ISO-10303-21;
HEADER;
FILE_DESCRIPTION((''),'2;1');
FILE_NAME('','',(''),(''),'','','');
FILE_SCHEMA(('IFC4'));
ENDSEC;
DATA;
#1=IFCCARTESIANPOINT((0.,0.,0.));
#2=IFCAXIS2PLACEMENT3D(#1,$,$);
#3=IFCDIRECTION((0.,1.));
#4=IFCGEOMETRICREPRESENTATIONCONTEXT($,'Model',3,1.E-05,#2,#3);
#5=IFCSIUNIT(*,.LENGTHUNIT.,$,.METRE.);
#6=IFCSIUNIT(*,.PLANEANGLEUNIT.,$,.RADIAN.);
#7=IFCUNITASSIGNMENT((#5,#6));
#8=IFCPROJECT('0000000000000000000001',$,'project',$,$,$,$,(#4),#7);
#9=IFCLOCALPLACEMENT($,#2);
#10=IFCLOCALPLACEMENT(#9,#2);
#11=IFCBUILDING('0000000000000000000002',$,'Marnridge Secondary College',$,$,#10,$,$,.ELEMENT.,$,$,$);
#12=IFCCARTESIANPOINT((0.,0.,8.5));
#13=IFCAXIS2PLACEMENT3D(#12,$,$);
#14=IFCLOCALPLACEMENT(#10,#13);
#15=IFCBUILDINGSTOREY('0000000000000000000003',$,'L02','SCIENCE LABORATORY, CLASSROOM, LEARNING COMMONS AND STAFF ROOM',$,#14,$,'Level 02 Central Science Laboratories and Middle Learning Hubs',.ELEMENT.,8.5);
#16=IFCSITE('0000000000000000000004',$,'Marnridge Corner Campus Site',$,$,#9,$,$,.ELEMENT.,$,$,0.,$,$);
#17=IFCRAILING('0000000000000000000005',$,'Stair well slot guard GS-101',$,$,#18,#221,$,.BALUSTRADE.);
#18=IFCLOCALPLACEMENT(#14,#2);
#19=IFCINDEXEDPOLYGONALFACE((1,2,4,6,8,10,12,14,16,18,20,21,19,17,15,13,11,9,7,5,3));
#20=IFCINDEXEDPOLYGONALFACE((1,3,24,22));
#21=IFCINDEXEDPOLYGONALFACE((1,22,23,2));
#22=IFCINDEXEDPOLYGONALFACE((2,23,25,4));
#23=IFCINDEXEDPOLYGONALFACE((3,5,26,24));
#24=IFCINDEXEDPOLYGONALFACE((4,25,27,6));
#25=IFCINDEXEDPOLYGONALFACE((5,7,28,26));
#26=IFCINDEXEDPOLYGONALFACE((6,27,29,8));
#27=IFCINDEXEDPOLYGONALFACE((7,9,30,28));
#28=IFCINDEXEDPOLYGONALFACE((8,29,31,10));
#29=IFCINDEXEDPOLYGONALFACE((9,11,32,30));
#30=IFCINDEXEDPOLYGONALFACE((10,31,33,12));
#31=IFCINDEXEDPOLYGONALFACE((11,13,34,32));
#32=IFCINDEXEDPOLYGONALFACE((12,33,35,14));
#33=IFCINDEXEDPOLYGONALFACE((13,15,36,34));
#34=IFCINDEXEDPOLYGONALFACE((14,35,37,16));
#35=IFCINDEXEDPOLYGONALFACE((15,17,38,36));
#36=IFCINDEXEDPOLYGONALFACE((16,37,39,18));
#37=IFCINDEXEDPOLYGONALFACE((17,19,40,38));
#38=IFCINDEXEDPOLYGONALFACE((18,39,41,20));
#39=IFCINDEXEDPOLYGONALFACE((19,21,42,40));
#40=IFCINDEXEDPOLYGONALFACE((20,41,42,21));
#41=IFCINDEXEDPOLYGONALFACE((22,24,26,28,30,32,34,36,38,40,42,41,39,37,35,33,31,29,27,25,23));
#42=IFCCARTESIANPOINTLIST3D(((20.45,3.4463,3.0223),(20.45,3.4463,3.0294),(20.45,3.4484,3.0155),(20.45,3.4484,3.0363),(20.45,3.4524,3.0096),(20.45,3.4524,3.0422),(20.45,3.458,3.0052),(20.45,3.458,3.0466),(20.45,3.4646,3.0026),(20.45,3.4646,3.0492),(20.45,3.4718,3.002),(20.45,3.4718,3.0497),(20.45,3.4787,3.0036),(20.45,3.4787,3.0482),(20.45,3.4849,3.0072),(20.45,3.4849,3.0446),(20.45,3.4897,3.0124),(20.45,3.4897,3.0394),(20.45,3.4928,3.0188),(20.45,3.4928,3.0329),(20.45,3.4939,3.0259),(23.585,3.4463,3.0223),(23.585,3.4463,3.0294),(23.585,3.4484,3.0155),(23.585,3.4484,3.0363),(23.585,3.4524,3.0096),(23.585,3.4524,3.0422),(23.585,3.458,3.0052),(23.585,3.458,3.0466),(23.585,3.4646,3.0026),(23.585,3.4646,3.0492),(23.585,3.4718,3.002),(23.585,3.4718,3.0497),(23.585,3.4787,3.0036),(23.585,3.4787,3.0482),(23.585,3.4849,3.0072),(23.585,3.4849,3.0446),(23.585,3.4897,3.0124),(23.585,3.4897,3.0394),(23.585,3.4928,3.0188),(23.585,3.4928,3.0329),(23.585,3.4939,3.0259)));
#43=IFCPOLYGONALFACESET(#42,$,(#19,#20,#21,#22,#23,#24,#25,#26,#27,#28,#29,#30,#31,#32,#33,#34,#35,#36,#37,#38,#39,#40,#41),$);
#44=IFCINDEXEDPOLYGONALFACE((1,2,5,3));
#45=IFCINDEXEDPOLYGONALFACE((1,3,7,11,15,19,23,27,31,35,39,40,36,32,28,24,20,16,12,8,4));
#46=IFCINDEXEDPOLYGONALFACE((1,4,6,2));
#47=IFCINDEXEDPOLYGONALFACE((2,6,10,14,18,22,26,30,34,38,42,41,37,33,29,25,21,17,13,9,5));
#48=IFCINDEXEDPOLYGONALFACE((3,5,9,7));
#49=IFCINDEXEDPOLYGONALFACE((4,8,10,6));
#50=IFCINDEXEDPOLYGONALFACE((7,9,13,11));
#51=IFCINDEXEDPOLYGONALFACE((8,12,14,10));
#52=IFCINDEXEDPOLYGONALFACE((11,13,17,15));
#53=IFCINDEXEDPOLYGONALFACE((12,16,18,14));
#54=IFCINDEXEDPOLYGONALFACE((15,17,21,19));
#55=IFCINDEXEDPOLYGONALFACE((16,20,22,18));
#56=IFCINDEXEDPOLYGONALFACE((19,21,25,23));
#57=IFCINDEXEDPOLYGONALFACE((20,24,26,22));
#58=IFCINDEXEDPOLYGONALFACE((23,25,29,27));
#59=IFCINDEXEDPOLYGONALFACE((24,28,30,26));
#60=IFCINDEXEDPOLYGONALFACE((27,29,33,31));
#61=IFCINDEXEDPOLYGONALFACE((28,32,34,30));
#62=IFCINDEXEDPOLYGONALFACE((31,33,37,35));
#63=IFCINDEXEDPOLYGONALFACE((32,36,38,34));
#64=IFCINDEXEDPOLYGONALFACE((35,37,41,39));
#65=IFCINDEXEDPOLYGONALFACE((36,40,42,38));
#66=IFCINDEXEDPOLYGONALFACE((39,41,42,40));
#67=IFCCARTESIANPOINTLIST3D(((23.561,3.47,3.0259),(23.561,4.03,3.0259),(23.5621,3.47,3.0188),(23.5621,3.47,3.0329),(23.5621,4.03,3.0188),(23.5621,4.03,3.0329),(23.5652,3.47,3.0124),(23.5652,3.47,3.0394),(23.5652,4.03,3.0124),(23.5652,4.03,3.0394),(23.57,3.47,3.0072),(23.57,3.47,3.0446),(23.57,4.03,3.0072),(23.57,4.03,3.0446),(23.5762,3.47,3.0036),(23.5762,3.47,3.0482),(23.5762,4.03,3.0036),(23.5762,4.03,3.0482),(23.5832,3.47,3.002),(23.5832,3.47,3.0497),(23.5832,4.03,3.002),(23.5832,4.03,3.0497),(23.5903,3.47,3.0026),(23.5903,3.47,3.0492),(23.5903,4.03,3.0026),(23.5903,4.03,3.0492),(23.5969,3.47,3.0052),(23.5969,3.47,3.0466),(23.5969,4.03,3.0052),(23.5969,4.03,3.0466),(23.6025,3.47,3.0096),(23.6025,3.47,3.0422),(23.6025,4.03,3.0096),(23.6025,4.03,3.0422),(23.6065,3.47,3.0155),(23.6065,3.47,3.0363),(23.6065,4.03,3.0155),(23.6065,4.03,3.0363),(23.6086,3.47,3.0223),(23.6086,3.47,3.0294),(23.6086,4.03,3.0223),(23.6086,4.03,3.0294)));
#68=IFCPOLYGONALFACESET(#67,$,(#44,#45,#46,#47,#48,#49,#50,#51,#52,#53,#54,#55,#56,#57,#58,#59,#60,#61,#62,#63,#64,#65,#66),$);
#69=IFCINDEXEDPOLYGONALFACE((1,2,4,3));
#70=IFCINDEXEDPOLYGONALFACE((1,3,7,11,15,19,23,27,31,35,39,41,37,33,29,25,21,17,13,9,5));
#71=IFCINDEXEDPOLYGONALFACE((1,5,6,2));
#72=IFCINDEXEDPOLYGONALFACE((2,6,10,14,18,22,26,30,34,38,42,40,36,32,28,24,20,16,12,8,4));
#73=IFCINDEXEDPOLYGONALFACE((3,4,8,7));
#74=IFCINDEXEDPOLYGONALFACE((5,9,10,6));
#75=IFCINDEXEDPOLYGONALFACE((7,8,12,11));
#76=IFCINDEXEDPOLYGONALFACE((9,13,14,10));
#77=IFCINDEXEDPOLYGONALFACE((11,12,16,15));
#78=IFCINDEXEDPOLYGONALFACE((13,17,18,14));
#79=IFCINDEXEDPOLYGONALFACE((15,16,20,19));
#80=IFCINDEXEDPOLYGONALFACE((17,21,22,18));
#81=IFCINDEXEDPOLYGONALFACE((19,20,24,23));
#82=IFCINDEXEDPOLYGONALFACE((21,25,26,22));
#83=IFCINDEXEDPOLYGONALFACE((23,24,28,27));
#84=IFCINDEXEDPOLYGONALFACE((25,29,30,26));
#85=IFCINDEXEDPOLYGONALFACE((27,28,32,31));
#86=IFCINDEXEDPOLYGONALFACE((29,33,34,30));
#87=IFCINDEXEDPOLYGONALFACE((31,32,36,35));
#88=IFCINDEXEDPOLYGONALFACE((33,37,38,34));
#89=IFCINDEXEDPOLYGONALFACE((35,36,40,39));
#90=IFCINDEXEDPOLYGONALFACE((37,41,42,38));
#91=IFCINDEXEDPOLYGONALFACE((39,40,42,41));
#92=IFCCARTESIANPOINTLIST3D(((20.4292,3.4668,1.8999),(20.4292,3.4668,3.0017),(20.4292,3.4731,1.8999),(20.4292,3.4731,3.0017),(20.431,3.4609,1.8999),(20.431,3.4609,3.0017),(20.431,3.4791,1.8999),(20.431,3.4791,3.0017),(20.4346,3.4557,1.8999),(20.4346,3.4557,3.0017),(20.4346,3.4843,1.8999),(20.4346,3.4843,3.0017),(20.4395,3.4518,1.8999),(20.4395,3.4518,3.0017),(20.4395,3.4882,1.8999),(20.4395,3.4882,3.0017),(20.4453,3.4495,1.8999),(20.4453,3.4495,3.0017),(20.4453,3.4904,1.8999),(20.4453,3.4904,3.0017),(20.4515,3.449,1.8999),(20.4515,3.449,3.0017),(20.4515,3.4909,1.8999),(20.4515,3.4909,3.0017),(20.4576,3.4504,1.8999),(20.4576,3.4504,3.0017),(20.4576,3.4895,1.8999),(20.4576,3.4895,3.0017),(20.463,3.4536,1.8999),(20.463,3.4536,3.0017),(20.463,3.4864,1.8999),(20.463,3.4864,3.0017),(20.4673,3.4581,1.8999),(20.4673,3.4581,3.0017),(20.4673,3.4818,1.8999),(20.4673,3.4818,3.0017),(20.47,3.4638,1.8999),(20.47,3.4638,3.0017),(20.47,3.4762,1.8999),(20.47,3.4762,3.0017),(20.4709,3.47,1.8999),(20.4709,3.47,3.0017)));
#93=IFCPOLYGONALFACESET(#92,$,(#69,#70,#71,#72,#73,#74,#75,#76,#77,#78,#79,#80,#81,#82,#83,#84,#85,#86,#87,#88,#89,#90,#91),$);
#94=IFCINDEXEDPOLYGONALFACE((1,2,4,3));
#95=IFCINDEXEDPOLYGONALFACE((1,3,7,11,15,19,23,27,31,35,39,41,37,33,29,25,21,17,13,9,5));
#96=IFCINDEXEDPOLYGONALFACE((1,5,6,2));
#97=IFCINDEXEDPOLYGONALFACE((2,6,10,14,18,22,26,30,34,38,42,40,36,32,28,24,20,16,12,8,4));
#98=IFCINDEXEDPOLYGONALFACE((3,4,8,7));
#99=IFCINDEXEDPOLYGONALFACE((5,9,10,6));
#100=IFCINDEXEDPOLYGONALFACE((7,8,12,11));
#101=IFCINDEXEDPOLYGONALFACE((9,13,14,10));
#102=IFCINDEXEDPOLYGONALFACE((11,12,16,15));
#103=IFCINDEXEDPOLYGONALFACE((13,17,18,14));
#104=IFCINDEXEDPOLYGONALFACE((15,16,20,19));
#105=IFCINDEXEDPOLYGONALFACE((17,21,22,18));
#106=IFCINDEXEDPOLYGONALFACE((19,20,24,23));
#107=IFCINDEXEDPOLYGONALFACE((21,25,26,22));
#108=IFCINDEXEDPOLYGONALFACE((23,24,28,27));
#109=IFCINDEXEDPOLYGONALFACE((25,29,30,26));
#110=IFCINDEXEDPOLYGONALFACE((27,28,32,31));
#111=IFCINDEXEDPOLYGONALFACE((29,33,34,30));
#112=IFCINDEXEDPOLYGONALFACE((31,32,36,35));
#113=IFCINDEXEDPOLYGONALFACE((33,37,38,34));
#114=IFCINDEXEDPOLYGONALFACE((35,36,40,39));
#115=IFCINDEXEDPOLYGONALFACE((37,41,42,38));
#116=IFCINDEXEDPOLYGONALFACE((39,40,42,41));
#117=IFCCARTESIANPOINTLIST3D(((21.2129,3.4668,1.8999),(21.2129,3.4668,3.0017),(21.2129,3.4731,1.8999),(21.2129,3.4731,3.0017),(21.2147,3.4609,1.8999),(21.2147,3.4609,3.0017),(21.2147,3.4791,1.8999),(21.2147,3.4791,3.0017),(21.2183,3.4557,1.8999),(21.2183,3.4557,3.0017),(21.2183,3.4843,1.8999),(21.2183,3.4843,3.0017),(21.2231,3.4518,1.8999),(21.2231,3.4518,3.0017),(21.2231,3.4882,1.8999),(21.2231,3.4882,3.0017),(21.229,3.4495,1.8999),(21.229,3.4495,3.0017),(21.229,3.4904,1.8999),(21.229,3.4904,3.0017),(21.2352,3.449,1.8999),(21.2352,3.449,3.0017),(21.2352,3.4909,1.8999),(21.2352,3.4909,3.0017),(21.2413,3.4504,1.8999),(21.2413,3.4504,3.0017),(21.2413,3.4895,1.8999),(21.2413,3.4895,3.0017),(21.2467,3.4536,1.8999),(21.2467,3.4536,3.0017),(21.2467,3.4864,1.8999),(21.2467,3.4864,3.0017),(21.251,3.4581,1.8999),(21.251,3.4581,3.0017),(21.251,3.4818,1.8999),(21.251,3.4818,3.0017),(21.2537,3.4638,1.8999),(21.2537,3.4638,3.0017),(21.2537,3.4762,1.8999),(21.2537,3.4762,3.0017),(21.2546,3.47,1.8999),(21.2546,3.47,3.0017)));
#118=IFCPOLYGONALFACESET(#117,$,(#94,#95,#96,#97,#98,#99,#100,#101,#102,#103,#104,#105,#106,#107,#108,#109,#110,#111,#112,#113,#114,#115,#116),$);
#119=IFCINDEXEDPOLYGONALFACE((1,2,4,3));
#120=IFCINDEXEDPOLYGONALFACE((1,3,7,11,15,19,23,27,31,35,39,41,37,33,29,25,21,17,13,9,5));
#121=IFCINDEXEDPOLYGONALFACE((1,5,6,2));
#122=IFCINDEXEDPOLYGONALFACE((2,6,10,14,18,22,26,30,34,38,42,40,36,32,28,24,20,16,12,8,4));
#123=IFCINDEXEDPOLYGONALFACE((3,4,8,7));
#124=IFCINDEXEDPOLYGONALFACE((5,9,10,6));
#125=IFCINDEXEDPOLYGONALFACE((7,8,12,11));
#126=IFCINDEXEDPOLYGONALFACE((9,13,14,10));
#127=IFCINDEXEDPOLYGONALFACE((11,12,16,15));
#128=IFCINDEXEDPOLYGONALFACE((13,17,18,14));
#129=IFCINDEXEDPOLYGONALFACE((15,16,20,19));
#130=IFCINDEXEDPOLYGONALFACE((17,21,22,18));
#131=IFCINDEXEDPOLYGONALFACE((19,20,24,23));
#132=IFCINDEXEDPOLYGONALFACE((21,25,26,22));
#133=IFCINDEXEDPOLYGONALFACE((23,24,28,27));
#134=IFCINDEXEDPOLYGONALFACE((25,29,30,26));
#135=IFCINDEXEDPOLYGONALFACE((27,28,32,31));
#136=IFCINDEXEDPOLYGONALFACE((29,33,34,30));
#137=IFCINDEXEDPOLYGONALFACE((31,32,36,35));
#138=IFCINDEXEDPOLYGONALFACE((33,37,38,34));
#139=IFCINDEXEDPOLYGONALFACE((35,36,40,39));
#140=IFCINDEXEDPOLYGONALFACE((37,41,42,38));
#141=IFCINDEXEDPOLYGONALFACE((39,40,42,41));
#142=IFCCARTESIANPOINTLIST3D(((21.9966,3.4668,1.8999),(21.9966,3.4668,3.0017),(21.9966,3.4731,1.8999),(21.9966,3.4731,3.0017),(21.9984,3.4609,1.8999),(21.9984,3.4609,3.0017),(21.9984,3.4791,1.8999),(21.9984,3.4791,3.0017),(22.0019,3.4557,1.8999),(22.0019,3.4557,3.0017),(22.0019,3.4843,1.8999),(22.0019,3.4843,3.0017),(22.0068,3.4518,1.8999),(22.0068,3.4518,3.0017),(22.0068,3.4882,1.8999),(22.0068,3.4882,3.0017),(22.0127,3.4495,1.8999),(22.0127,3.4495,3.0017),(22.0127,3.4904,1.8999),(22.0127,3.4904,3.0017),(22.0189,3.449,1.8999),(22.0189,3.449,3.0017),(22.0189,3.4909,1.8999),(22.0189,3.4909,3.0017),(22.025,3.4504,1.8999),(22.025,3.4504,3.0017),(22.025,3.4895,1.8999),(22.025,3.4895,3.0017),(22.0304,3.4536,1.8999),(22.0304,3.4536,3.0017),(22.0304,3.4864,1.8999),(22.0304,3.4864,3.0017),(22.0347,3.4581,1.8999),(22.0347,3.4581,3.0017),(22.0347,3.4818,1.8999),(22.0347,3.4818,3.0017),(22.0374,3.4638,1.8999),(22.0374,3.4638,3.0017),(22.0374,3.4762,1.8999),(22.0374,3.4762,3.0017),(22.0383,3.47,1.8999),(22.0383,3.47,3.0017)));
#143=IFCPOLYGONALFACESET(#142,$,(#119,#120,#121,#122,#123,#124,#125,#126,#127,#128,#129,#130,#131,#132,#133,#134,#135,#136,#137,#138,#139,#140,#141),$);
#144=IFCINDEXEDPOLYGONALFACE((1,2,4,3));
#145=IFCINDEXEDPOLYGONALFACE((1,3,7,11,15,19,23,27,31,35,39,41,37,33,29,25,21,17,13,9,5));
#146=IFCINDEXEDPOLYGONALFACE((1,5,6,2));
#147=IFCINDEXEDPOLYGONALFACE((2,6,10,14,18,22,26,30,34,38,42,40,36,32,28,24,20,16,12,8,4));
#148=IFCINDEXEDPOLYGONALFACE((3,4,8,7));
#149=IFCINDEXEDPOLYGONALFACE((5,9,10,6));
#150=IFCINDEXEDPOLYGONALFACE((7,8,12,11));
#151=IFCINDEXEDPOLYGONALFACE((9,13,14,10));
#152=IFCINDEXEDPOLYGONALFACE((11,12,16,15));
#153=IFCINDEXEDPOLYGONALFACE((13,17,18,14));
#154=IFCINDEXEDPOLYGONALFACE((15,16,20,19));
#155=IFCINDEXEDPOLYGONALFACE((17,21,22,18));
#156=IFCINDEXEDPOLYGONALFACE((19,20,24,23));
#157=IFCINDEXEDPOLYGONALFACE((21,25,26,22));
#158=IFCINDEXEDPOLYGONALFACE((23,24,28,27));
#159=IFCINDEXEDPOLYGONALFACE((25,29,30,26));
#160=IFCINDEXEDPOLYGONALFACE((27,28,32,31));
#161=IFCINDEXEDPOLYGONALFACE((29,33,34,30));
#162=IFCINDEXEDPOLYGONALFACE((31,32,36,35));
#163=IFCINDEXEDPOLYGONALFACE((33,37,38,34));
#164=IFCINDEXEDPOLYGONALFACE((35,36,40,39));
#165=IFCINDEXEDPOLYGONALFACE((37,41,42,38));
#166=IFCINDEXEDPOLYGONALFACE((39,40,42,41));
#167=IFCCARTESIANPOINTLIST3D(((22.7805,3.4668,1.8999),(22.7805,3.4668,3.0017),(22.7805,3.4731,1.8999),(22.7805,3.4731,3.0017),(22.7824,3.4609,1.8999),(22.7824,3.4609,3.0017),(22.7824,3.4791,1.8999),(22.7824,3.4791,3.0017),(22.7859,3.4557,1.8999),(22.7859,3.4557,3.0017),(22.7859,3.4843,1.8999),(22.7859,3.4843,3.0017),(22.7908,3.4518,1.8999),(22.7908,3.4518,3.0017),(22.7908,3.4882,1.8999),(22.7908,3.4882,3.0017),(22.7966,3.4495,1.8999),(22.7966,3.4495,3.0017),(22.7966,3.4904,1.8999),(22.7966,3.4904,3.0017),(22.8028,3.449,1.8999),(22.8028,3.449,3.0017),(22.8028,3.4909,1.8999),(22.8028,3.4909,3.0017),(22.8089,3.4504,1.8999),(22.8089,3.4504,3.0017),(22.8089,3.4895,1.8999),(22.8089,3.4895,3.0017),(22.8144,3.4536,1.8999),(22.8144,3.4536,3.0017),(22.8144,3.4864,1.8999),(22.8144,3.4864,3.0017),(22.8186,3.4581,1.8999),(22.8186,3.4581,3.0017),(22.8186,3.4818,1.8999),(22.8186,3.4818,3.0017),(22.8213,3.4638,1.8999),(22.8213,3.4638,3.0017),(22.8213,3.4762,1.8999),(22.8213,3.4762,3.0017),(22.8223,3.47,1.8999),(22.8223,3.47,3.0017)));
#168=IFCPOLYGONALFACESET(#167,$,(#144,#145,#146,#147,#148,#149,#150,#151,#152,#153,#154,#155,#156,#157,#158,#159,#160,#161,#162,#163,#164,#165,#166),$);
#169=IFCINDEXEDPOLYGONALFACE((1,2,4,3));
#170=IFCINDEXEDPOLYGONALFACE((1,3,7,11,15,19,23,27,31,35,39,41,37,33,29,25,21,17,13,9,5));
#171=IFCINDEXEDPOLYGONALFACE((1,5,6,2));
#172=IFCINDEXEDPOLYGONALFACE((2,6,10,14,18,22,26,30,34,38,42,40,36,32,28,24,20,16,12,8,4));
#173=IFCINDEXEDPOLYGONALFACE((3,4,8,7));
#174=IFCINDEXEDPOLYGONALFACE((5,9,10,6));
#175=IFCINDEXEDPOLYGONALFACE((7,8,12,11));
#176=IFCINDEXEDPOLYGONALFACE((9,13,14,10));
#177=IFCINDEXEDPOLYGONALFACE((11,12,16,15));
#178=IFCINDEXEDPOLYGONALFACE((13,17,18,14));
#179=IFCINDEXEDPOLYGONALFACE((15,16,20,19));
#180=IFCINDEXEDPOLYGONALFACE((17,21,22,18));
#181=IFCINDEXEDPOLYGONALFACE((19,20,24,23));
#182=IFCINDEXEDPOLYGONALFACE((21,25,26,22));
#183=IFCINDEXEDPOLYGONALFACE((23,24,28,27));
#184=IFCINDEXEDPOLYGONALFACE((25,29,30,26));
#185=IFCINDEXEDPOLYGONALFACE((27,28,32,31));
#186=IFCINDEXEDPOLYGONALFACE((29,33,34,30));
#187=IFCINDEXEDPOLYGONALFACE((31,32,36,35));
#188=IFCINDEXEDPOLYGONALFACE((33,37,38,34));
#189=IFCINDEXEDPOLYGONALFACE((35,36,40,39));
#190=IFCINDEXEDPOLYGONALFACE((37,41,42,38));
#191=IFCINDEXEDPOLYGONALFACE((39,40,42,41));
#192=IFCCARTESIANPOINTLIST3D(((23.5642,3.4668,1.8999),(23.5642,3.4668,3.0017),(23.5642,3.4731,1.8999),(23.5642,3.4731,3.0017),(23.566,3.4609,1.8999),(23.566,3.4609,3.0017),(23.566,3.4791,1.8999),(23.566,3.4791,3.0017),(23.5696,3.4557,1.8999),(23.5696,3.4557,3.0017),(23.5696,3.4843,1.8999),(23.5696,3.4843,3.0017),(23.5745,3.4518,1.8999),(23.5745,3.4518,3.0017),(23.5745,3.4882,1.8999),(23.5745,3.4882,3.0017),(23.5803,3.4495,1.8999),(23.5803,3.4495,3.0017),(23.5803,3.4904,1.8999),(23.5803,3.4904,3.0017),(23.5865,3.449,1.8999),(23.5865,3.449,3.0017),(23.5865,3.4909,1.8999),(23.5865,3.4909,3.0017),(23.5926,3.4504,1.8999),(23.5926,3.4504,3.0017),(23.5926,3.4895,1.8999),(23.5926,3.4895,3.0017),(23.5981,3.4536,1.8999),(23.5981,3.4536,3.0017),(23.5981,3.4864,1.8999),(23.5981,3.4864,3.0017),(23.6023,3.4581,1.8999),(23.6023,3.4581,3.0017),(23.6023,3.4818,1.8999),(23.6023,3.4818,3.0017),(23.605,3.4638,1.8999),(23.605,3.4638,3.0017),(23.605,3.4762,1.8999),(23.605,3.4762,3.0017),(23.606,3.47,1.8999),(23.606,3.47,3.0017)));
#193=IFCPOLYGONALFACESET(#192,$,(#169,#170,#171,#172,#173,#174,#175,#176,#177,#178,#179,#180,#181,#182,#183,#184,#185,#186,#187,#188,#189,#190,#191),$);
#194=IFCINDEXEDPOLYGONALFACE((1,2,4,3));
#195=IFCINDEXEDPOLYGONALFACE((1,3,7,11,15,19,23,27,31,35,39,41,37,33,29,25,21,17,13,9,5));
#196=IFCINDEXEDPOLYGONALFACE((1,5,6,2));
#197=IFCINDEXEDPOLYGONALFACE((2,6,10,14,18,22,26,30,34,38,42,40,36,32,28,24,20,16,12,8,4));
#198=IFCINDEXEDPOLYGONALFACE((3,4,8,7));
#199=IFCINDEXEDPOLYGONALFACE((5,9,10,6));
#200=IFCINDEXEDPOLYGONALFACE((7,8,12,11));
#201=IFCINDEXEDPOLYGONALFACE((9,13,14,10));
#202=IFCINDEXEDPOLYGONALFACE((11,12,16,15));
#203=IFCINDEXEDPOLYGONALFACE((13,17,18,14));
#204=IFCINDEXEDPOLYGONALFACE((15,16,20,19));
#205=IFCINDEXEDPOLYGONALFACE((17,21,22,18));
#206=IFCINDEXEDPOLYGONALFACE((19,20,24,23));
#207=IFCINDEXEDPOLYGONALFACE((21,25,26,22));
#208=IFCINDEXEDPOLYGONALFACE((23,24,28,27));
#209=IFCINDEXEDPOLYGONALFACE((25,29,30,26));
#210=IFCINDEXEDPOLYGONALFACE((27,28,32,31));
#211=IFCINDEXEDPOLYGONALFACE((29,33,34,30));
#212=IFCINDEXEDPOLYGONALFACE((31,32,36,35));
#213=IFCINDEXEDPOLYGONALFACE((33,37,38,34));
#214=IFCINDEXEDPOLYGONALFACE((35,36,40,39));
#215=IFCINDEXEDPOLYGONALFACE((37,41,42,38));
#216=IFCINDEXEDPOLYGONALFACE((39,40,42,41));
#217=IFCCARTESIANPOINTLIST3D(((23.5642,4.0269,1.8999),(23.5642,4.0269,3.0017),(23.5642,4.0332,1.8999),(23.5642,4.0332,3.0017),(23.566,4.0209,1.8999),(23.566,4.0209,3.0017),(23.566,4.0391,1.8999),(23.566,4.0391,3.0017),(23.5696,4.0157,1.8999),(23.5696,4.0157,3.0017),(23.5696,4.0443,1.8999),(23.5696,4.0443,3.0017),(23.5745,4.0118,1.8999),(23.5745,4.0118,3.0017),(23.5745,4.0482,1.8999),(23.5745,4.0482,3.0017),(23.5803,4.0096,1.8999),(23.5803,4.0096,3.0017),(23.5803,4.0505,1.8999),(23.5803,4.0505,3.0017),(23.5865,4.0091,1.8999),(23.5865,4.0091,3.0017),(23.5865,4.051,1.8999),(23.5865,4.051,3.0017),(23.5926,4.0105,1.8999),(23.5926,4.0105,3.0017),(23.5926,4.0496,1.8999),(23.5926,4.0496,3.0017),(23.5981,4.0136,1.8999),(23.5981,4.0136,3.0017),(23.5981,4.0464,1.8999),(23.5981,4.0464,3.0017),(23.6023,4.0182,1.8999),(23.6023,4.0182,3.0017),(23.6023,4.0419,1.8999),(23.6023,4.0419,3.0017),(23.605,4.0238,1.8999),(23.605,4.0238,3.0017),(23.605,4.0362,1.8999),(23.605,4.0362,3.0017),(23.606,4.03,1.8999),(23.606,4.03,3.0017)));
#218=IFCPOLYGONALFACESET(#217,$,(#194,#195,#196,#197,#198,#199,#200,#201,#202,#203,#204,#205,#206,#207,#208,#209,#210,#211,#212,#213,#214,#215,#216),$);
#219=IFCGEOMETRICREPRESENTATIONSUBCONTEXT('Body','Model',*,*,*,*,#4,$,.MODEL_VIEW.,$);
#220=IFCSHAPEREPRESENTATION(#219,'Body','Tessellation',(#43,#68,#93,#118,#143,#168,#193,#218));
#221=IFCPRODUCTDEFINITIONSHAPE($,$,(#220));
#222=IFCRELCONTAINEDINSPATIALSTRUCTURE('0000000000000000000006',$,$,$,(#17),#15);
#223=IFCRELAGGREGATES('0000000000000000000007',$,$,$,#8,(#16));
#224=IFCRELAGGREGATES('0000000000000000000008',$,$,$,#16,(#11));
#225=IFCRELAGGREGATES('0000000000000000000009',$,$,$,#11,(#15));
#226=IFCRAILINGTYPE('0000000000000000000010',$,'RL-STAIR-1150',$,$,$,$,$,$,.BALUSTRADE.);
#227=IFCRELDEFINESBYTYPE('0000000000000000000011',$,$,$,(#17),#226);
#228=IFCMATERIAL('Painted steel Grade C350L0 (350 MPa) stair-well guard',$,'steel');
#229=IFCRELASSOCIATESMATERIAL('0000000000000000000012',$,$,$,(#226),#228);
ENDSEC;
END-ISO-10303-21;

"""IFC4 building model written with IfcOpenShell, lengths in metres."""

from ifc_helpers import new_model, si_unit, direction, frame, origin, origin_2d, place, context, subcontext, project, spatial, circle, extrude, material, type_object, element, save


model = new_model("IFC4")

# Units and contexts
model_context = context("Model", 3, precision=1e-05, world=origin(), true_north=direction((0.0, 1.0)))
body_context = subcontext(model_context, "Body", "Model", "MODEL_VIEW")
ifc_project = project(units=[si_unit("LENGTHUNIT", "METRE"), si_unit("PLANEANGLEUNIT", "RADIAN")], contexts=[model_context])

# Site, building, storey
site_placement = place(None, origin())
site = spatial("IfcSite", under=ifc_project, at=site_placement, Name="Marnridge Corner Campus Site", CompositionType="ELEMENT", RefElevation=0.0)
building_placement = place(site_placement, origin())
building = spatial("IfcBuilding", under=site, at=building_placement, Name="Marnridge Secondary College", CompositionType="ELEMENT")
storey_placement = place(building_placement, frame((0.0, 0.0, 8.5)))
storey = spatial("IfcBuildingStorey", under=building, at=storey_placement, Name="L02", Description="SCIENCE LABORATORY, CLASSROOM, LEARNING COMMONS AND STAFF ROOM", LongName="Level 02 Central Science Laboratories and Middle Learning Hubs", CompositionType="ELEMENT", Elevation=8.5)

# Railing
ifc_material_1 = material(Name="Painted steel Grade C350L0 (350 MPa) stair-well guard", Category="steel")
railing_type_1 = type_object("IfcRailingType", Name="RL-STAIR-1150", PredefinedType="BALUSTRADE", material=ifc_material_1)
railing_1_placement = place(storey_placement, frame((20.45, 3.47, 1.8999)))
element("IfcRailing", 1, at=railing_1_placement, inside=storey, type_object=railing_type_1, Name="Stair well slot guard GS-101", PredefinedType="BALUSTRADE", context=body_context, shape_type="SweptSolid", body=[
    extrude(circle(Radius=0.0239, at=origin_2d()), frame((0.0, 0.0, 1.126), z_axis=(1.0, 0.0, 0.0), x_axis=(0.0, 1.0, 0.0)), (0.0, 0.0, 1.0), 3.135),
    extrude(circle(Radius=0.0239, at=origin_2d()), frame((3.135, 0.0, 1.126), z_axis=(0.0, 1.0, 0.0), x_axis=(-1.0, 0.0, 0.0)), (0.0, 0.0, 1.0), 0.5601),
    extrude(circle(Radius=0.021, at=origin_2d()), origin(), (0.0, 0.0, 1.0), 1.1018),
    extrude(circle(Radius=0.021, at=origin_2d()), frame((0.7837, 0.0, 0.0)), (0.0, 0.0, 1.0), 1.1018),
    extrude(circle(Radius=0.021, at=origin_2d()), frame((1.5674, 0.0, 0.0)), (0.0, 0.0, 1.0), 1.1018),
    extrude(circle(Radius=0.021, at=origin_2d()), frame((2.3513, 0.0, 0.0)), (0.0, 0.0, 1.0), 1.1018),
    extrude(circle(Radius=0.021, at=origin_2d()), frame((3.135, 0.0, 0.0)), (0.0, 0.0, 1.0), 1.1018),
    extrude(circle(Radius=0.021, at=origin_2d()), frame((3.135, 0.5601, 0.0)), (0.0, 0.0, 1.0), 1.1018),
])

save(model, "model.ifc")
